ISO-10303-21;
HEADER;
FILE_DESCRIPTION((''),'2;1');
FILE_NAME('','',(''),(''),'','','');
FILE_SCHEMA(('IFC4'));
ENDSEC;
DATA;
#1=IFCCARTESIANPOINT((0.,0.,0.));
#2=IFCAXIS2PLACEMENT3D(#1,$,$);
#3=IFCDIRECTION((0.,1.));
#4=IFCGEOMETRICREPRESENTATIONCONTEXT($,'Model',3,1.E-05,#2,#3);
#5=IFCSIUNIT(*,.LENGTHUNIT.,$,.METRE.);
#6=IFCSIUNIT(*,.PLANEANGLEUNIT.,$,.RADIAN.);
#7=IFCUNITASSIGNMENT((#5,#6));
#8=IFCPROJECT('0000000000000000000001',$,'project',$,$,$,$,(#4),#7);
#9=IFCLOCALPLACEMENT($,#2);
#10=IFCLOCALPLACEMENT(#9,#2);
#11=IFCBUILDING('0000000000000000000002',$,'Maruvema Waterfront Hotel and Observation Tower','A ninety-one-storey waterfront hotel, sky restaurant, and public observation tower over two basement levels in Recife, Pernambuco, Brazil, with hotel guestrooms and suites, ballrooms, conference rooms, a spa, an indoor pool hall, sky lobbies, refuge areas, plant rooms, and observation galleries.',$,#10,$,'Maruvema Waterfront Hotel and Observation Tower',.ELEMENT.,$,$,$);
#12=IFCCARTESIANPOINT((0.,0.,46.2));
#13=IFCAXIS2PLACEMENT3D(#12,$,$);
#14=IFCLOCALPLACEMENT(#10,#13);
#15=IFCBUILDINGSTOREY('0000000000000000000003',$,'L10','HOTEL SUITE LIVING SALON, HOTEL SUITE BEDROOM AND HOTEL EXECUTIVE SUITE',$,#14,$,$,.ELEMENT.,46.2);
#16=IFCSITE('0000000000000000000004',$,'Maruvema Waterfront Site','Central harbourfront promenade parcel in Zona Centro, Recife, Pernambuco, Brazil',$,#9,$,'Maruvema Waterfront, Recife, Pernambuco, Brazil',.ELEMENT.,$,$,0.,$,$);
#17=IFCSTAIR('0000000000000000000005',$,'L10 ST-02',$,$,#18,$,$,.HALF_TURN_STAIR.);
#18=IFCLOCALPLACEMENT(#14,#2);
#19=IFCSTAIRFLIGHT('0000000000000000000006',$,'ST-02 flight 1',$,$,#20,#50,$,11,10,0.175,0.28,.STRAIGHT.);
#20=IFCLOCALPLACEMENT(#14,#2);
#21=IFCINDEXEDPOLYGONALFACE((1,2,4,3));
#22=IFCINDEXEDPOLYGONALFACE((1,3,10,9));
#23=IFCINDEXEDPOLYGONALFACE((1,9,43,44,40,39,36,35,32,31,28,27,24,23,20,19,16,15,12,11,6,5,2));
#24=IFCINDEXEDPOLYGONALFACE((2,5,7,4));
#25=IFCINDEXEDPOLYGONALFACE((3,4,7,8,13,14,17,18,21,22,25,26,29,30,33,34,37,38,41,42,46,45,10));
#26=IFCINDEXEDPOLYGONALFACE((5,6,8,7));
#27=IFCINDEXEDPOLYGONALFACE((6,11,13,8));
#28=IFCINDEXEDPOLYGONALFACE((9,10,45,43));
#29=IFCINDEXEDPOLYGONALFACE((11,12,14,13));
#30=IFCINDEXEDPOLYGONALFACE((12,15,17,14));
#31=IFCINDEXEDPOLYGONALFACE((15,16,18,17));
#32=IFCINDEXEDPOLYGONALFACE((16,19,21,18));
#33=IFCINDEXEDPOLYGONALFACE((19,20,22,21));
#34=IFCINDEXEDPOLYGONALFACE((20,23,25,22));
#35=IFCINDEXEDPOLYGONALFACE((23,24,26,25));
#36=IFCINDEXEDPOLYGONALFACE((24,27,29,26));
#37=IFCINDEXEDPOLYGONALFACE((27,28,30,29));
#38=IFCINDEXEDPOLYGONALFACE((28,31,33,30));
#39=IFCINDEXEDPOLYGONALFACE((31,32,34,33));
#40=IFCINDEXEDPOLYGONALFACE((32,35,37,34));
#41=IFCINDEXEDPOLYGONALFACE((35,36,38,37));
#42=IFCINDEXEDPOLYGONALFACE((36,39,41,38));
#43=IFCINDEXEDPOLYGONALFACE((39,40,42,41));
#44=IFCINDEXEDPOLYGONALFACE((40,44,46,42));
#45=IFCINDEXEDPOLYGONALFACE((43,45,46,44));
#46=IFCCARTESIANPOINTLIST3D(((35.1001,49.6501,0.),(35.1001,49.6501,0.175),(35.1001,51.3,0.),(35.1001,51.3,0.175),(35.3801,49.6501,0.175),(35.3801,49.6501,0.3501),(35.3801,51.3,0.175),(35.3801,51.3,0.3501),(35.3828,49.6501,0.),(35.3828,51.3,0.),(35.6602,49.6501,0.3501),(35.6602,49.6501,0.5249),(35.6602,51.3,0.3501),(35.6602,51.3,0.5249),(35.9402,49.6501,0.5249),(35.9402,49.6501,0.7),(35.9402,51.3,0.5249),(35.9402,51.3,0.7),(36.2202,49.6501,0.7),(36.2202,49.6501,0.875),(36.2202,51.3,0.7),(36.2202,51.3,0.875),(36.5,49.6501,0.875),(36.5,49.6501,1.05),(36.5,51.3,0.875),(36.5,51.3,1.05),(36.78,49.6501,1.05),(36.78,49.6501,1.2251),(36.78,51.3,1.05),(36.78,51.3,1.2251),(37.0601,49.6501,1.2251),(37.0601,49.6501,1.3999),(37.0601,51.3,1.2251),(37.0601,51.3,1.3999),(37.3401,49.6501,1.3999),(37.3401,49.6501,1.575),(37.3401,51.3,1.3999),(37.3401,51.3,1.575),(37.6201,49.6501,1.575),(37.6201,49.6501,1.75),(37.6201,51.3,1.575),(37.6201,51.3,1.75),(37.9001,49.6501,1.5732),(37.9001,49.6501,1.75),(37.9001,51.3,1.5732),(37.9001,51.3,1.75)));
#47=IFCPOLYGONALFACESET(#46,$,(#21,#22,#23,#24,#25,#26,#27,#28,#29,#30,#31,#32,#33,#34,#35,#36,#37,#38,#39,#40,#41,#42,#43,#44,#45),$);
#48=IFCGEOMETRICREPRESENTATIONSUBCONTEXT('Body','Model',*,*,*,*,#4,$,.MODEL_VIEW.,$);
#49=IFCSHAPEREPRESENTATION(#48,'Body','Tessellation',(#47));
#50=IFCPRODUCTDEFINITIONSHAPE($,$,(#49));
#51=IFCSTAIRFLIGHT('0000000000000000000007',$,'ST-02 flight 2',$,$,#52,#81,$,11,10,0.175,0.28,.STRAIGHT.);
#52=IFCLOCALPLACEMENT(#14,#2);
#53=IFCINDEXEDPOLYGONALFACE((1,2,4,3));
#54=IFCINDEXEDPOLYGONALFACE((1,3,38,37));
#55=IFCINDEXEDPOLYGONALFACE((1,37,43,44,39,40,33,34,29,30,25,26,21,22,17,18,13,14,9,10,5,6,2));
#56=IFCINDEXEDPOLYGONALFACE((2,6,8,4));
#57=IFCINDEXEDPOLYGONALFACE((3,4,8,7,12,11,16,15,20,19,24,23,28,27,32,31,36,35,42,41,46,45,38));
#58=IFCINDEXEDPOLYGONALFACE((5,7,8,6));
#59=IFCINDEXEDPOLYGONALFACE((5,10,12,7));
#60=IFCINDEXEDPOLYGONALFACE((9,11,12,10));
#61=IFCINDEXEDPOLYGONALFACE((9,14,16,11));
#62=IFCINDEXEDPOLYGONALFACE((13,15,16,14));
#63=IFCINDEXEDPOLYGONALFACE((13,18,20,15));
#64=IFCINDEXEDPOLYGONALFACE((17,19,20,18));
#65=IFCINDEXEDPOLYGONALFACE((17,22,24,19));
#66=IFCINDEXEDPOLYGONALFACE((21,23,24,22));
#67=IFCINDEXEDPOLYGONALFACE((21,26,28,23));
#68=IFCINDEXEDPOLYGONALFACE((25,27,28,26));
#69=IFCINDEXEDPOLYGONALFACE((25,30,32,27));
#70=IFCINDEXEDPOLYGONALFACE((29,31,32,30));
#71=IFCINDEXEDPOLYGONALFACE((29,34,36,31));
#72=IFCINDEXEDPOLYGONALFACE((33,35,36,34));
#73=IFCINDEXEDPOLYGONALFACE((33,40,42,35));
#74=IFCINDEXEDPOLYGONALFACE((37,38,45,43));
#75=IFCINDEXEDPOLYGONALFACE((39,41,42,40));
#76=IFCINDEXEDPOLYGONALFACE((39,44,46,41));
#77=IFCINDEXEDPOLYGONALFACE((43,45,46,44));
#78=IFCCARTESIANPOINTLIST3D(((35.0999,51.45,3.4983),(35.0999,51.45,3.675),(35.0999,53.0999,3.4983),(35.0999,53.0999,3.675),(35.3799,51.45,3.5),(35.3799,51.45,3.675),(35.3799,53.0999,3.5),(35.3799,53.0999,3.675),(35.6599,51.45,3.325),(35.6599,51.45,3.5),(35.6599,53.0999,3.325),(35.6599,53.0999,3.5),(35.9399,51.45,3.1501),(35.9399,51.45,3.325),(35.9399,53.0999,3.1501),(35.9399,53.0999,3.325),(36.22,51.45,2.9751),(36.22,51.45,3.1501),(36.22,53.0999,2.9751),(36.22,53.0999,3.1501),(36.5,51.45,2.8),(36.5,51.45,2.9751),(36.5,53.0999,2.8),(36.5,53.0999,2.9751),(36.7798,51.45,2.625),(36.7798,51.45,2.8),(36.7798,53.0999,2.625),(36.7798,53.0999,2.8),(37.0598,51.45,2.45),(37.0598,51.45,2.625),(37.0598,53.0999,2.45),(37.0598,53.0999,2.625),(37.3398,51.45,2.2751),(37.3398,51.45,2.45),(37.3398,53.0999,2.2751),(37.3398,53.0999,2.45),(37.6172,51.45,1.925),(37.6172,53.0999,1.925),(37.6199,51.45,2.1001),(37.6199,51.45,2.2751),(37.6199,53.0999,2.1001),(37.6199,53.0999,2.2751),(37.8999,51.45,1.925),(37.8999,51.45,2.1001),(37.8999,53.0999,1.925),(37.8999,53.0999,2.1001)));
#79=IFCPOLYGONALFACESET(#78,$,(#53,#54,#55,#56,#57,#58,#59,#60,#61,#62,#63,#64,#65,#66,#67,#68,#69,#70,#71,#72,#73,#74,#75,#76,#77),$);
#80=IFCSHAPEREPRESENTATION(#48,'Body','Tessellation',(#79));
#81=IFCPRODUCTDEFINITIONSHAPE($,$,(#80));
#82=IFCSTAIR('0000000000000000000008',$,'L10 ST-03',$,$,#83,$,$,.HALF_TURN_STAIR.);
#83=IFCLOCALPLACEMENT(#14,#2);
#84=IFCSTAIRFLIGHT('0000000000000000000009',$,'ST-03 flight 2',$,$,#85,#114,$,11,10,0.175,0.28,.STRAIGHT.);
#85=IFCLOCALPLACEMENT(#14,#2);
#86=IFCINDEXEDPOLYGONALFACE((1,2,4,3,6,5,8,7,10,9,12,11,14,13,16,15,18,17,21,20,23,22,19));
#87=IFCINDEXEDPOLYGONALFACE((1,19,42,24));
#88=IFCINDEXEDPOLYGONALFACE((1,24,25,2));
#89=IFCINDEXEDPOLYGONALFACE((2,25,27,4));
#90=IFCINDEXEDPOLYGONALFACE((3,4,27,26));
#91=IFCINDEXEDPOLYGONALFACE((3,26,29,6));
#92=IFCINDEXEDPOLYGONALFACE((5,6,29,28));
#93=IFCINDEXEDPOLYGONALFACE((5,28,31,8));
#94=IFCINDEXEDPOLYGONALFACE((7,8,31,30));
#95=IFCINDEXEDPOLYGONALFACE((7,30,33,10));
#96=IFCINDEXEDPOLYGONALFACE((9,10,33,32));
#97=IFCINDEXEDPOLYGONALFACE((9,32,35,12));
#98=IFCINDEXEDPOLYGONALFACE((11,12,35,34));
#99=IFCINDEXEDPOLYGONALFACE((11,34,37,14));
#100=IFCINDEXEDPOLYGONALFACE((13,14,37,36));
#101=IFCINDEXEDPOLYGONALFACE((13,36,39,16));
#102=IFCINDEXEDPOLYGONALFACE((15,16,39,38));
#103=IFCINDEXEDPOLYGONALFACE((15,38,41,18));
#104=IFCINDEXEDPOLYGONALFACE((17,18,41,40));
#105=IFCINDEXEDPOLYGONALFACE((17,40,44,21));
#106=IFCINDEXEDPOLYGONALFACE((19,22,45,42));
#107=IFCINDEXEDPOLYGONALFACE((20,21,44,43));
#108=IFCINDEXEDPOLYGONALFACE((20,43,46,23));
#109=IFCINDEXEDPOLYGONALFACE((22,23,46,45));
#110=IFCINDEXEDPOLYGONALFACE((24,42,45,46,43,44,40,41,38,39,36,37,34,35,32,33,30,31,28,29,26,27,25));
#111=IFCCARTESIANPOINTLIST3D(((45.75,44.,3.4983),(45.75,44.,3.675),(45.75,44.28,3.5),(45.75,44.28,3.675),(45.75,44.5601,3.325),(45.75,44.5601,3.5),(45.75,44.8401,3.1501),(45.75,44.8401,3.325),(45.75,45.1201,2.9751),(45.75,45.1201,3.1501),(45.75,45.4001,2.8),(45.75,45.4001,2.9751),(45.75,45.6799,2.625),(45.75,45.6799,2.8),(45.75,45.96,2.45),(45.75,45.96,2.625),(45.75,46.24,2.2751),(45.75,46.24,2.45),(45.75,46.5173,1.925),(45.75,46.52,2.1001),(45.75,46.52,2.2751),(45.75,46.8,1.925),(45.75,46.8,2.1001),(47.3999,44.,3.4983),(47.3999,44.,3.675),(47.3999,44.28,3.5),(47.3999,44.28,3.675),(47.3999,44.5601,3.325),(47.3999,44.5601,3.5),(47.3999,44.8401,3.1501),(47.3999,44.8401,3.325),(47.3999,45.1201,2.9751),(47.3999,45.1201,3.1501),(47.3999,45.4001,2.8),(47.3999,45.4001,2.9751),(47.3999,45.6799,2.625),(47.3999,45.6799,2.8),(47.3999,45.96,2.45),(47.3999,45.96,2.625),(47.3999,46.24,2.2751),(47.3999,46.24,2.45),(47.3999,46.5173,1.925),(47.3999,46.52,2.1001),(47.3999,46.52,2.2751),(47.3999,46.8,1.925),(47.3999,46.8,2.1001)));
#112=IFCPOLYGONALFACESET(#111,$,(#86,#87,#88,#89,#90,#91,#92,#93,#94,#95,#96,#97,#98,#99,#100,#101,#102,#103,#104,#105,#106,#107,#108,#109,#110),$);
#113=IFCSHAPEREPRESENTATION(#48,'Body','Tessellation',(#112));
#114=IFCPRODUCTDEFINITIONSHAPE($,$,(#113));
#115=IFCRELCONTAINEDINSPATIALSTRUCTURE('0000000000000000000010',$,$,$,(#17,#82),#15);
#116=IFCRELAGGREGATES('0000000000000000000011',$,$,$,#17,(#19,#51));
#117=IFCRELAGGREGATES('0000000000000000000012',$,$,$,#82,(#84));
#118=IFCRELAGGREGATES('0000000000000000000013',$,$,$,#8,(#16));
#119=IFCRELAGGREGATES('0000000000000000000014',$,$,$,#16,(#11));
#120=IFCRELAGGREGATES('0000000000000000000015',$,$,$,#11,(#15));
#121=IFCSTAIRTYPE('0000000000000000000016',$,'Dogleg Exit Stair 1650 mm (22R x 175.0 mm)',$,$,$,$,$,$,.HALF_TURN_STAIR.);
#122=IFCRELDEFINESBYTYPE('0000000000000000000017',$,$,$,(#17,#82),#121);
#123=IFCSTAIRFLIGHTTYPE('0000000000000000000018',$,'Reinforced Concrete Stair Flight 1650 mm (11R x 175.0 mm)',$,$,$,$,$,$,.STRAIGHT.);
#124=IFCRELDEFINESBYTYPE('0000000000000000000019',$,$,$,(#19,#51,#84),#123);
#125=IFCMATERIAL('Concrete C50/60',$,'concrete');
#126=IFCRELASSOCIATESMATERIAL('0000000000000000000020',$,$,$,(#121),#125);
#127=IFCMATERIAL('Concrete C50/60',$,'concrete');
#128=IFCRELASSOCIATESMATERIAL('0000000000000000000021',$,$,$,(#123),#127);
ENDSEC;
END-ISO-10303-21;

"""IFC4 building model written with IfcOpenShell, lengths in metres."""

from ifc_helpers import new_model, si_unit, direction, frame, origin, place, context, subcontext, project, spatial, polyline, outline, extrude, material, type_object, element, aggregate, save


model = new_model("IFC4")

# Units and contexts
model_context = context("Model", 3, precision=1e-05, world=origin(), true_north=direction((0.0, 1.0)))
body_context = subcontext(model_context, "Body", "Model", "MODEL_VIEW")
ifc_project = project(units=[si_unit("LENGTHUNIT", "METRE"), si_unit("PLANEANGLEUNIT", "RADIAN")], contexts=[model_context])

# Site, building, storey
site_placement = place(None, origin())
site = spatial("IfcSite", under=ifc_project, at=site_placement, Name="Maruvema Waterfront Site", Description="Central harbourfront promenade parcel in Zona Centro, Recife, Pernambuco, Brazil", LongName="Maruvema Waterfront, Recife, Pernambuco, Brazil", CompositionType="ELEMENT", RefElevation=0.0)
building_placement = place(site_placement, origin())
building = spatial("IfcBuilding", under=site, at=building_placement, Name="Maruvema Waterfront Hotel and Observation Tower", Description="A ninety-one-storey waterfront hotel, sky restaurant, and public observation tower over two basement levels in Recife, Pernambuco, Brazil, with hotel guestrooms and suites, ballrooms, conference rooms, a spa, an indoor pool hall, sky lobbies, refuge areas, plant rooms, and observation galleries.", LongName="Maruvema Waterfront Hotel and Observation Tower", CompositionType="ELEMENT")
storey_placement = place(building_placement, frame((0.0, 0.0, 46.2)))
storey = spatial("IfcBuildingStorey", under=building, at=storey_placement, Name="L10", Description="HOTEL SUITE LIVING SALON, HOTEL SUITE BEDROOM AND HOTEL EXECUTIVE SUITE", CompositionType="ELEMENT", Elevation=46.2)

# Stair, stair flights
ifc_material_1 = material(Name="Concrete C50/60", Category="concrete")
stair_type = type_object("IfcStairType", Name="Dogleg Exit Stair 1650 mm (22R x 175.0 mm)", PredefinedType="HALF_TURN_STAIR", material=ifc_material_1)
stair_1_placement = place(storey_placement, origin())
stair_1 = element("IfcStair", 1, at=stair_1_placement, inside=storey, type_object=stair_type, Name="L10 ST-02", PredefinedType="HALF_TURN_STAIR")
ifc_material_2 = material(Name="Concrete C50/60", Category="concrete")
stair_flight_type = type_object("IfcStairFlightType", Name="Reinforced Concrete Stair Flight 1650 mm (11R x 175.0 mm)", PredefinedType="STRAIGHT", material=ifc_material_2)
stair_flight_1_placement = place(storey_placement, frame((35.1001, 50.4751, 0.0), z_axis=(0.0, 0.0, 1.0), x_axis=(1.0, 0.0, 0.0)))
stair_flight_1 = element("IfcStairFlight", 2, at=stair_flight_1_placement, type_object=stair_flight_type, Name="ST-02 flight 1", NumberOfRisers=11, NumberOfTreads=10, PredefinedType="STRAIGHT", RiserHeight=0.175, TreadLength=0.28, context=body_context, shape_type="SweptSolid", body=[
    extrude(outline(polyline([(0.0, 0.0), (0.0, 0.175), (0.28, 0.175), (0.28, 0.3501), (0.5601, 0.3501), (0.5601, 0.5249), (0.8401, 0.5249), (0.8401, 0.7), (1.1201, 0.7), (1.1201, 0.875), (1.3999, 0.875), (1.3999, 1.05), (1.6799, 1.05), (1.6799, 1.2251), (1.96, 1.2251), (1.96, 1.3999), (2.24, 1.3999), (2.24, 1.575), (2.52, 1.575), (2.52, 1.75), (2.8, 1.75), (2.8, 1.925), (2.8, 1.5732), (0.2827, 0.0), (0.0, 0.0)])), frame((0.0, 0.825, 0.0), z_axis=(0.0, -1.0, 0.0), x_axis=(1.0, 0.0, 0.0)), (0.0, 0.0, 1.0), 1.6499),
])
stair_flight_2_placement = place(storey_placement, frame((37.8999, 52.2749, 1.925), z_axis=(0.0, 0.0, 1.0), x_axis=(-1.0, 0.0, 0.0)))
stair_flight_2 = element("IfcStairFlight", 3, at=stair_flight_2_placement, type_object=stair_flight_type, Name="ST-02 flight 2", NumberOfRisers=11, NumberOfTreads=10, PredefinedType="STRAIGHT", RiserHeight=0.175, TreadLength=0.28, context=body_context, shape_type="SweptSolid", body=[
    extrude(outline(polyline([(0.0, 0.0), (0.0, 0.175), (0.28, 0.175), (0.28, 0.3501), (0.5601, 0.3501), (0.5601, 0.5249), (0.8401, 0.5249), (0.8401, 0.7), (1.1201, 0.7), (1.1201, 0.875), (1.3999, 0.875), (1.3999, 1.05), (1.6799, 1.05), (1.6799, 1.2251), (1.96, 1.2251), (1.96, 1.3999), (2.24, 1.3999), (2.24, 1.575), (2.52, 1.575), (2.52, 1.75), (2.8, 1.75), (2.8, 1.925), (2.8, 1.5732), (0.2827, 0.0), (0.0, 0.0)])), frame((0.0, 0.825, 0.0), z_axis=(0.0, -1.0, 0.0), x_axis=(1.0, 0.0, 0.0)), (0.0, 0.0, 1.0), 1.6499),
])
aggregate(stair_1, [stair_flight_1, stair_flight_2])

# Stair, stair flight
stair_2_placement = place(storey_placement, origin())
stair_2 = element("IfcStair", 4, at=stair_2_placement, inside=storey, type_object=stair_type, Name="L10 ST-03", PredefinedType="HALF_TURN_STAIR")
stair_flight_3_placement = place(storey_placement, frame((46.575, 46.8, 1.925), z_axis=(0.0, 0.0, 1.0), x_axis=(0.0, -1.0, 0.0)))
stair_flight_3 = element("IfcStairFlight", 5, at=stair_flight_3_placement, type_object=stair_flight_type, Name="ST-03 flight 2", NumberOfRisers=11, NumberOfTreads=10, PredefinedType="STRAIGHT", RiserHeight=0.175, TreadLength=0.28, context=body_context, shape_type="SweptSolid", body=[
    extrude(outline(polyline([(0.0, 0.0), (0.0, 0.175), (0.28, 0.175), (0.28, 0.3501), (0.5601, 0.3501), (0.5601, 0.5249), (0.8401, 0.5249), (0.8401, 0.7), (1.1201, 0.7), (1.1201, 0.875), (1.3999, 0.875), (1.3999, 1.05), (1.6799, 1.05), (1.6799, 1.2251), (1.96, 1.2251), (1.96, 1.3999), (2.24, 1.3999), (2.24, 1.575), (2.52, 1.575), (2.52, 1.75), (2.8, 1.75), (2.8, 1.925), (2.8, 1.5732), (0.2827, 0.0), (0.0, 0.0)])), frame((0.0, 0.825, 0.0), z_axis=(0.0, -1.0, 0.0), x_axis=(1.0, 0.0, 0.0)), (0.0, 0.0, 1.0), 1.6499),
])
aggregate(stair_2, [stair_flight_3])

save(model, "model.ifc")
